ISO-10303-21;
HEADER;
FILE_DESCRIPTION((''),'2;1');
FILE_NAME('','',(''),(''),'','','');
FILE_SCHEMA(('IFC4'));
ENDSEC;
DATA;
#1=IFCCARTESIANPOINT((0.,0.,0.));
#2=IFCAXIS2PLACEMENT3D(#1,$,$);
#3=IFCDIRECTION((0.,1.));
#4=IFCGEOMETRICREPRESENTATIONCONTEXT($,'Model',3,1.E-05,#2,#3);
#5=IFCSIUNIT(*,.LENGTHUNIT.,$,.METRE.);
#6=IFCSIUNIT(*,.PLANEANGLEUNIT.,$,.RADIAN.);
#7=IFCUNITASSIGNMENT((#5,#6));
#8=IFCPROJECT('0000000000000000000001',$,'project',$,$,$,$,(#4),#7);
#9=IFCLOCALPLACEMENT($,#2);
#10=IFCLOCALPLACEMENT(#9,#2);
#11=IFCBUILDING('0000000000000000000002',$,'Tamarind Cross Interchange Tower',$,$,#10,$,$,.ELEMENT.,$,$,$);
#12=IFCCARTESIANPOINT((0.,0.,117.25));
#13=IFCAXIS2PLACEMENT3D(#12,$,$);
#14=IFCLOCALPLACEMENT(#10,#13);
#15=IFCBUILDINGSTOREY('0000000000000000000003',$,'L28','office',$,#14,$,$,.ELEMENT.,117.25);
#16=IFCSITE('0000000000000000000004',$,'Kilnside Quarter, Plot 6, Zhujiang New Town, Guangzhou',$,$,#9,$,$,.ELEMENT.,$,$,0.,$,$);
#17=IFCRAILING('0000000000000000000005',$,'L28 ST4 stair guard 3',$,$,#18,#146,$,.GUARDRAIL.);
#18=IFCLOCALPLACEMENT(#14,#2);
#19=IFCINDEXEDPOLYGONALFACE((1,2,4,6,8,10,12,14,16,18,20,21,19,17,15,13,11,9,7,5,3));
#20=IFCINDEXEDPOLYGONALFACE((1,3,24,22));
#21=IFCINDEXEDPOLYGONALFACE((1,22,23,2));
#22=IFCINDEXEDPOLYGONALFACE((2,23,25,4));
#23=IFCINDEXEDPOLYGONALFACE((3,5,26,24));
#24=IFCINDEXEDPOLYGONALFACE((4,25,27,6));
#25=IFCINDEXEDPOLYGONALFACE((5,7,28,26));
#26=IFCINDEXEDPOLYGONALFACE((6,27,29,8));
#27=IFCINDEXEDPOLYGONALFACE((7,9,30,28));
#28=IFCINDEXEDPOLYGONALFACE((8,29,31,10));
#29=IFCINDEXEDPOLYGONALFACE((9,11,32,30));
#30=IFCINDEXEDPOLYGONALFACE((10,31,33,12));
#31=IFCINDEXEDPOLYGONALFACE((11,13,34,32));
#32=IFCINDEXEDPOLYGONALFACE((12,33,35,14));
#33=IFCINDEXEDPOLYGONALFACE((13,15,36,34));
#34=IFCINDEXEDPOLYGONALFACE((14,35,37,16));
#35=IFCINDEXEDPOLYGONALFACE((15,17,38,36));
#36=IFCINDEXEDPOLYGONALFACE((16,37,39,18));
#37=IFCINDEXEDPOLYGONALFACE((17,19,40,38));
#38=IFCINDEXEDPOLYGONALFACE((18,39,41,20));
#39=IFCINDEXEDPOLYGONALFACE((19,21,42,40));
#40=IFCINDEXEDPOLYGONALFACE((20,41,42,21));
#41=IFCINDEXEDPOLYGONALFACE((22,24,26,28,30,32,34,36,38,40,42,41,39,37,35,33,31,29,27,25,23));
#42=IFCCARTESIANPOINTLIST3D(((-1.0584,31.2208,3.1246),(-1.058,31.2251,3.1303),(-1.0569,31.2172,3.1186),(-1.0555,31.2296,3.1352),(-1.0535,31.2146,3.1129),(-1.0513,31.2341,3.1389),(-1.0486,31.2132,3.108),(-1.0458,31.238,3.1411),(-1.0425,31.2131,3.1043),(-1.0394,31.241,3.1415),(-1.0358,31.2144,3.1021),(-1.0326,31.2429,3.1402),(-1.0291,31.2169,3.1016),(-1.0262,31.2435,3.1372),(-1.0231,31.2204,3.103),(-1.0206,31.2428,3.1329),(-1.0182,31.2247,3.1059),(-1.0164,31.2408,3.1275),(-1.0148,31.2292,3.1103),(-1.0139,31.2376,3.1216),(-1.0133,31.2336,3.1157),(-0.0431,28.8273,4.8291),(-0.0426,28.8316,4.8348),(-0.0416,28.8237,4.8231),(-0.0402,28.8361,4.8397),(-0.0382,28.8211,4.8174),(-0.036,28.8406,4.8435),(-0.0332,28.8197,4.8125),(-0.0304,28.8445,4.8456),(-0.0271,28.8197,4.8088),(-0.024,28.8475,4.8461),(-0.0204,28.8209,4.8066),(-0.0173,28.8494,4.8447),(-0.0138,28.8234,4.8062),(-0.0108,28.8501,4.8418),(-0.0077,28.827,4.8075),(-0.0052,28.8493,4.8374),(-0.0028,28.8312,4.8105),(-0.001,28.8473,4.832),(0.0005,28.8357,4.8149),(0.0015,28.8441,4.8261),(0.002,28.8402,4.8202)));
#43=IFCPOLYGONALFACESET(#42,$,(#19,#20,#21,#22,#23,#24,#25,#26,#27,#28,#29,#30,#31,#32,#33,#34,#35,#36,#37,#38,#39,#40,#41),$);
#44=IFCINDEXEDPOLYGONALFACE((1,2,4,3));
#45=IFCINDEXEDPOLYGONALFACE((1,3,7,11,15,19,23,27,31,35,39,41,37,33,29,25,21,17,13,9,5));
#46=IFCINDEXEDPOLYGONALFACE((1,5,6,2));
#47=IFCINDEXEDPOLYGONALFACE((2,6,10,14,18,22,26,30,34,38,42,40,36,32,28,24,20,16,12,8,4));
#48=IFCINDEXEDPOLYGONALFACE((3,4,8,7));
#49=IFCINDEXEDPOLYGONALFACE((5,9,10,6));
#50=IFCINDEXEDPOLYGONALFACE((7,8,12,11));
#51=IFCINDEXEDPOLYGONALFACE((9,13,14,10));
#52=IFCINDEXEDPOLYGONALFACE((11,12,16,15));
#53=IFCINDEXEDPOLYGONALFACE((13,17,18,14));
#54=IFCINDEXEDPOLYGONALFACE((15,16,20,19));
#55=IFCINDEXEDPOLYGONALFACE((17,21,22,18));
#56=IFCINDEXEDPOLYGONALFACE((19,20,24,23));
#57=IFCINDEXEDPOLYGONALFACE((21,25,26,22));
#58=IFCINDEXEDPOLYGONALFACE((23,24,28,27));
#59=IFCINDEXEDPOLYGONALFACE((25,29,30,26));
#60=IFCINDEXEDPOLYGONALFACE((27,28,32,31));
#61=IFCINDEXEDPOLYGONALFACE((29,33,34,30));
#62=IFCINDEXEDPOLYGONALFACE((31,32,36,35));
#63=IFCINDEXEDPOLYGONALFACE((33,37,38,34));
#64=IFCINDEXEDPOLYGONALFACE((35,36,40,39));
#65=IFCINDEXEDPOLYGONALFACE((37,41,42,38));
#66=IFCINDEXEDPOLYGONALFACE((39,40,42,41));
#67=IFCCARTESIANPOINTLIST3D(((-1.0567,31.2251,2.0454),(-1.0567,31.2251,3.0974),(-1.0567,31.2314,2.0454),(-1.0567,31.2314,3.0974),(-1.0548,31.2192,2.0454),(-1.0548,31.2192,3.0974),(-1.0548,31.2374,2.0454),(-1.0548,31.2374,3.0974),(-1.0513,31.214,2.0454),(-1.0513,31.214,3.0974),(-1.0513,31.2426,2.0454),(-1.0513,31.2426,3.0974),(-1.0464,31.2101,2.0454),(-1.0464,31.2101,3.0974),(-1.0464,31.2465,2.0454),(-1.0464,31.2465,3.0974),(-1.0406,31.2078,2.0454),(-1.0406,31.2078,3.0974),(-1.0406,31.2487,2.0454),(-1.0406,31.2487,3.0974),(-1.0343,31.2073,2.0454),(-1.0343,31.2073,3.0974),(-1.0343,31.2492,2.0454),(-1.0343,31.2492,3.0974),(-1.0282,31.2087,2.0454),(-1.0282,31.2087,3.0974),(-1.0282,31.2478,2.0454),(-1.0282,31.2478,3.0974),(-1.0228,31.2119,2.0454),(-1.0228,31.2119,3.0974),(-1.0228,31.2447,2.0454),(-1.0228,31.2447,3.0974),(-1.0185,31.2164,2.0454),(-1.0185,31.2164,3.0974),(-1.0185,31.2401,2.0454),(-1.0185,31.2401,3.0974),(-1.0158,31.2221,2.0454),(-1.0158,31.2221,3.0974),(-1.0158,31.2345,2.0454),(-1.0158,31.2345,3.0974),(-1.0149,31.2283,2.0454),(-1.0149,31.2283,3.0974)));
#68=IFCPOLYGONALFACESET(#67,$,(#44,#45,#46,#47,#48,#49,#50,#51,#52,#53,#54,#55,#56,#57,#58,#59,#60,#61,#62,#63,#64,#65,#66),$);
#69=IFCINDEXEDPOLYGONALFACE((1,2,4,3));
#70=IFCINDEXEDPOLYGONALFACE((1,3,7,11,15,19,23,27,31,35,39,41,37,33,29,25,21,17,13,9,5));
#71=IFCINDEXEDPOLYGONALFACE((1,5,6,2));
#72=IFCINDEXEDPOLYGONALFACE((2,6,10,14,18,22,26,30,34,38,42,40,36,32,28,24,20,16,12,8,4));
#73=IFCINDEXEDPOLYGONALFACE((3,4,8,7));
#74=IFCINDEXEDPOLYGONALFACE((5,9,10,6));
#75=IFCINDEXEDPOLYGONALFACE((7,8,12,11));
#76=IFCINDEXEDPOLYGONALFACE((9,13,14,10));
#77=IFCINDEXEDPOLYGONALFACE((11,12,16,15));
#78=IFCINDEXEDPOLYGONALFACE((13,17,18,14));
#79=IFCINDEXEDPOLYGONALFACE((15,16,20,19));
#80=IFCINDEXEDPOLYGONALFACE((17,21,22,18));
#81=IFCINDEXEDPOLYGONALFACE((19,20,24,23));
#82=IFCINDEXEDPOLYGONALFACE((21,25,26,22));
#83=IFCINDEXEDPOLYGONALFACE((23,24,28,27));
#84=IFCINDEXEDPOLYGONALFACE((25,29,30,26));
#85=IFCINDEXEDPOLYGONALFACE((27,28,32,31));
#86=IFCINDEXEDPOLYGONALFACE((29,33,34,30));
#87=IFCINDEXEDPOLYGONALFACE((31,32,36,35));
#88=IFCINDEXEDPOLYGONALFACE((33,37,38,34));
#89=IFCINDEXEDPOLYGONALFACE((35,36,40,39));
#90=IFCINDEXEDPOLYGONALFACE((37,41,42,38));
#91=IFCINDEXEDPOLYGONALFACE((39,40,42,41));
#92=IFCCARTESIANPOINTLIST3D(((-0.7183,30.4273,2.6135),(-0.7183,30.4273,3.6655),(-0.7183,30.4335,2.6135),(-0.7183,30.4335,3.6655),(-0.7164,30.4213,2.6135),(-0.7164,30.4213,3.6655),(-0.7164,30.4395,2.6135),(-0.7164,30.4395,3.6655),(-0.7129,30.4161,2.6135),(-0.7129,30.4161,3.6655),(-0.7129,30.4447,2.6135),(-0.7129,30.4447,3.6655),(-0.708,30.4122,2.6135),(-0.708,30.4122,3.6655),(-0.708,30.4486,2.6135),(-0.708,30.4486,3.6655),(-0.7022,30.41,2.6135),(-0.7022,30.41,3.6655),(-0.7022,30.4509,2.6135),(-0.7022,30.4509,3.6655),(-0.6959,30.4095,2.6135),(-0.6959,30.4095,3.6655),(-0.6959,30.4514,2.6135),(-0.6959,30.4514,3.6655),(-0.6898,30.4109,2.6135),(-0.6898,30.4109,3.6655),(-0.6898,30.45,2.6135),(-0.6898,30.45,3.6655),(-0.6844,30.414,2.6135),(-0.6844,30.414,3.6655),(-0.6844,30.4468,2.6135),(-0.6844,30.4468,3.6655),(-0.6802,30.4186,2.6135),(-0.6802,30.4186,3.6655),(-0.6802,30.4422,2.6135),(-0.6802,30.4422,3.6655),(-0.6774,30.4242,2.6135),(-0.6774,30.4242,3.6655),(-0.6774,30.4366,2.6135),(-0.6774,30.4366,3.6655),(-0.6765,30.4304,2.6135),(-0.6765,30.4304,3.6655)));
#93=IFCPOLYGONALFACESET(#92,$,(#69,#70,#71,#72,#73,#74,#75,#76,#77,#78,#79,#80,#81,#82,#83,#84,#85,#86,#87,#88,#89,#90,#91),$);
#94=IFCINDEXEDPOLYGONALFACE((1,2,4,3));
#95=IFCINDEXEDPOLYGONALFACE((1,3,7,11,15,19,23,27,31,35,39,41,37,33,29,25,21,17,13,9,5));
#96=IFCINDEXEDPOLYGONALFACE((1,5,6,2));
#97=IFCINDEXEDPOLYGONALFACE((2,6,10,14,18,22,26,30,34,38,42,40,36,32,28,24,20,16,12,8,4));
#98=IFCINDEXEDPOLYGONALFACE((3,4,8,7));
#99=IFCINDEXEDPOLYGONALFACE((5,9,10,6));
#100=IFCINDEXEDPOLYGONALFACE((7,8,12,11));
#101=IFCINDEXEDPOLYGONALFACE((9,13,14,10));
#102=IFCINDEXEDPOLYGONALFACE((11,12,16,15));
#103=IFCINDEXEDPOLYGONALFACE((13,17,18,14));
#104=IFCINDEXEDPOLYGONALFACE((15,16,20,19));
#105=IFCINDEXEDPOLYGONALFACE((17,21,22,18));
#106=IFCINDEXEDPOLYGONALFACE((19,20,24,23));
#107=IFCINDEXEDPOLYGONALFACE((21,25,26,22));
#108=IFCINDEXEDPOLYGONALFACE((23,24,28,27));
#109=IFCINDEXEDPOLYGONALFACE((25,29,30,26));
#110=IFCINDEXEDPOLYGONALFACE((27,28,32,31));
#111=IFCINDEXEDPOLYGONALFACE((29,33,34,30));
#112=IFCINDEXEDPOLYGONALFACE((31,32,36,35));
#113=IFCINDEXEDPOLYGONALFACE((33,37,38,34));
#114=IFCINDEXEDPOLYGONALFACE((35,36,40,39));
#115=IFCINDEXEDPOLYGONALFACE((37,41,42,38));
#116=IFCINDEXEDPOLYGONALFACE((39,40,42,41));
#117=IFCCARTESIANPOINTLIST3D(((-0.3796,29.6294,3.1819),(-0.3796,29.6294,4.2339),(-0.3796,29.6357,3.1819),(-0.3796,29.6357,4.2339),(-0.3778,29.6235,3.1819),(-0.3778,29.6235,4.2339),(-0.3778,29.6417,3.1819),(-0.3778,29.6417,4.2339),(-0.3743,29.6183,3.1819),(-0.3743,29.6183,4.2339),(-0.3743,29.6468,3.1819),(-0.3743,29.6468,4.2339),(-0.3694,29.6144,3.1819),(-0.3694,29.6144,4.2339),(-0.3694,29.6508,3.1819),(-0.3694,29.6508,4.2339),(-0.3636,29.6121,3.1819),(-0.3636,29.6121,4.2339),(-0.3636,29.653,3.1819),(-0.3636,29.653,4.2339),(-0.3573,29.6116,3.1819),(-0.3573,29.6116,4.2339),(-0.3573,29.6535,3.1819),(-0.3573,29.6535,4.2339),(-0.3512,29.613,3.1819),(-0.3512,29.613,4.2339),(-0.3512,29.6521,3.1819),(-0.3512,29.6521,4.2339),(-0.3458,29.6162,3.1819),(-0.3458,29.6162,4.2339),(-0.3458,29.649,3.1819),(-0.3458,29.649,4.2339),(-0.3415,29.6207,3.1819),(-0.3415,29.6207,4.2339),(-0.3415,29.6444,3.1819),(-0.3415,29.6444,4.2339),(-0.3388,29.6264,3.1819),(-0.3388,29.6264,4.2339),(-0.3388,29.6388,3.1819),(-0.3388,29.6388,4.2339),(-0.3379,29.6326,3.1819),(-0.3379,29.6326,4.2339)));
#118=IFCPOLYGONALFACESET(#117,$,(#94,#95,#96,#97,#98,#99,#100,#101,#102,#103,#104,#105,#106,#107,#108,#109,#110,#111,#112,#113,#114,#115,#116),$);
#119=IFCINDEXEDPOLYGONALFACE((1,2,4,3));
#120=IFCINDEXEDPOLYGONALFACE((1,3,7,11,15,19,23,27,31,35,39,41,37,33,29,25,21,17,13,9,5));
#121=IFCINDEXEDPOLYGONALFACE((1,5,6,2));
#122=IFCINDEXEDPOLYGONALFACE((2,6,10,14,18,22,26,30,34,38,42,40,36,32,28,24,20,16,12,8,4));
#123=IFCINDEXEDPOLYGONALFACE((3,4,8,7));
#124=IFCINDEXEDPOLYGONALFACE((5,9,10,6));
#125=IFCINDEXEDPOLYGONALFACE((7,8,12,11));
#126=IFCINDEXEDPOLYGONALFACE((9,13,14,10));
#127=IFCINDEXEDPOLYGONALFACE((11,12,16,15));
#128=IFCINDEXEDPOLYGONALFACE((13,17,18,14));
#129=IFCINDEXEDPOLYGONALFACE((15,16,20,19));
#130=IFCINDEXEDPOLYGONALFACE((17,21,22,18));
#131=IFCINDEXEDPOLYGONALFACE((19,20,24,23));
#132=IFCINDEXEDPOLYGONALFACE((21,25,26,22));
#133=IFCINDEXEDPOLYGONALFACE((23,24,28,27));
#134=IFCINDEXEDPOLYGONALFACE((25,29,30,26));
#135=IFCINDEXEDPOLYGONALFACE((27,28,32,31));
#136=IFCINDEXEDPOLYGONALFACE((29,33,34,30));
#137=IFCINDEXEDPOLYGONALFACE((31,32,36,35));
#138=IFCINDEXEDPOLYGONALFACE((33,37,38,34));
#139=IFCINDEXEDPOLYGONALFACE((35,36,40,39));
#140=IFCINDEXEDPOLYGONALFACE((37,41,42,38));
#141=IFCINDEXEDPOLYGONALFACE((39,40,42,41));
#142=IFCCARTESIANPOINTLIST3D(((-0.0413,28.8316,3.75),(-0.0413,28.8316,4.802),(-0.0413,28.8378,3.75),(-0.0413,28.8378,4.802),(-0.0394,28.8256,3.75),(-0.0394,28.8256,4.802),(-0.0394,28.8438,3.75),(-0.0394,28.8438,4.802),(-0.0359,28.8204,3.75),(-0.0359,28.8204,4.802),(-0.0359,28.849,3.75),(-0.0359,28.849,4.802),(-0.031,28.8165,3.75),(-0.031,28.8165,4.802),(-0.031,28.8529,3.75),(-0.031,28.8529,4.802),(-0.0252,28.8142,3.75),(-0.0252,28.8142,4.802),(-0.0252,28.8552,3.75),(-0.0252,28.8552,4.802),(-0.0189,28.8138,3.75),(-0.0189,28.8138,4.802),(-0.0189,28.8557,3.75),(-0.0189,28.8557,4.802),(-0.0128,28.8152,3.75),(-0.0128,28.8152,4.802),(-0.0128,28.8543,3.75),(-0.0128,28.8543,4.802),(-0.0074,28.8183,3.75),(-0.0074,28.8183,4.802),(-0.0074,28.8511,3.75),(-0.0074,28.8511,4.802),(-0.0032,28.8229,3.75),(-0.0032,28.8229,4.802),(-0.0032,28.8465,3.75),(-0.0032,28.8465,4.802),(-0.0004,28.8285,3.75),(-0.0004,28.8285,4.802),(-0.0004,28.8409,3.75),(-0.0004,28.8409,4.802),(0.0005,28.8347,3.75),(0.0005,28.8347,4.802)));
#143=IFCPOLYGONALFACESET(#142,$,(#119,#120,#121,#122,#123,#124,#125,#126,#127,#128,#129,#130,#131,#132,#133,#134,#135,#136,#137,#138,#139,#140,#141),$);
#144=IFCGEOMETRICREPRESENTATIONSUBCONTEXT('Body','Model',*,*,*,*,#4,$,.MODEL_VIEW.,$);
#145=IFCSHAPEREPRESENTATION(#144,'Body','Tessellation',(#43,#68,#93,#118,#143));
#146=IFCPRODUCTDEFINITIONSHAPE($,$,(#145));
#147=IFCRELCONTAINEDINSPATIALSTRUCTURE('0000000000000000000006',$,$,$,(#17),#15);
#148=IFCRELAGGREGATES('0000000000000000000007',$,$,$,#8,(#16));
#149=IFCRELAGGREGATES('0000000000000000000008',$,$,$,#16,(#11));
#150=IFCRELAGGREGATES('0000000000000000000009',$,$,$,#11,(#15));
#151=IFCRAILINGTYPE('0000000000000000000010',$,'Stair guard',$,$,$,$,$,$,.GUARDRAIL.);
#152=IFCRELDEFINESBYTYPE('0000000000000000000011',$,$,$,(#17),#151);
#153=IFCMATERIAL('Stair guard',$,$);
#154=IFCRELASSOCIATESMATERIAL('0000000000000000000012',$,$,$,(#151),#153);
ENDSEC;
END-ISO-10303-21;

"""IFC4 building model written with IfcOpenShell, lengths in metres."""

from ifc_helpers import new_model, si_unit, direction, frame, origin, origin_2d, place, context, subcontext, project, spatial, circle, extrude, material, type_object, element, save


model = new_model("IFC4")

# Units and contexts
model_context = context("Model", 3, precision=1e-05, world=origin(), true_north=direction((0.0, 1.0)))
body_context = subcontext(model_context, "Body", "Model", "MODEL_VIEW")
ifc_project = project(units=[si_unit("LENGTHUNIT", "METRE"), si_unit("PLANEANGLEUNIT", "RADIAN")], contexts=[model_context])

# Site, building, storey
site_placement = place(None, origin())
site = spatial("IfcSite", under=ifc_project, at=site_placement, Name="Kilnside Quarter, Plot 6, Zhujiang New Town, Guangzhou", CompositionType="ELEMENT", RefElevation=0.0)
building_placement = place(site_placement, origin())
building = spatial("IfcBuilding", under=site, at=building_placement, Name="Tamarind Cross Interchange Tower", CompositionType="ELEMENT")
storey_placement = place(building_placement, frame((0.0, 0.0, 117.25)))
storey = spatial("IfcBuildingStorey", under=building, at=storey_placement, Name="L28", Description="office", CompositionType="ELEMENT", Elevation=117.25)

# Railing
ifc_material_1 = material(Name="Stair guard")
railing_type_1 = type_object("IfcRailingType", Name="Stair guard", PredefinedType="GUARDRAIL", material=ifc_material_1)
railing_1_placement = place(storey_placement, frame((-1.0359, 31.2283, 2.0454)))
element("IfcRailing", 1, at=railing_1_placement, inside=storey, type_object=railing_type_1, Name="L28 ST4 stair guard 3", PredefinedType="GUARDRAIL", context=body_context, shape_type="SweptSolid", body=[
    extrude(circle(Radius=0.0239, at=origin_2d()), frame((0.0, 0.0, 1.0762), z_axis=(0.326597, -0.769885, 0.54828), x_axis=(0.920591, 0.390528, 0.0)), (0.0, 0.0, 1.0), 3.1089),
    extrude(circle(Radius=0.021, at=origin_2d()), origin(), (0.0, 0.0, 1.0), 1.052),
    extrude(circle(Radius=0.021, at=origin_2d()), frame((0.3384, -0.7979, 0.5681)), (0.0, 0.0, 1.0), 1.052),
    extrude(circle(Radius=0.021, at=origin_2d()), frame((0.677, -1.5957, 1.1365)), (0.0, 0.0, 1.0), 1.052),
    extrude(circle(Radius=0.021, at=origin_2d()), frame((1.0154, -2.3936, 1.7046)), (0.0, 0.0, 1.0), 1.052),
])

save(model, "model.ifc")
